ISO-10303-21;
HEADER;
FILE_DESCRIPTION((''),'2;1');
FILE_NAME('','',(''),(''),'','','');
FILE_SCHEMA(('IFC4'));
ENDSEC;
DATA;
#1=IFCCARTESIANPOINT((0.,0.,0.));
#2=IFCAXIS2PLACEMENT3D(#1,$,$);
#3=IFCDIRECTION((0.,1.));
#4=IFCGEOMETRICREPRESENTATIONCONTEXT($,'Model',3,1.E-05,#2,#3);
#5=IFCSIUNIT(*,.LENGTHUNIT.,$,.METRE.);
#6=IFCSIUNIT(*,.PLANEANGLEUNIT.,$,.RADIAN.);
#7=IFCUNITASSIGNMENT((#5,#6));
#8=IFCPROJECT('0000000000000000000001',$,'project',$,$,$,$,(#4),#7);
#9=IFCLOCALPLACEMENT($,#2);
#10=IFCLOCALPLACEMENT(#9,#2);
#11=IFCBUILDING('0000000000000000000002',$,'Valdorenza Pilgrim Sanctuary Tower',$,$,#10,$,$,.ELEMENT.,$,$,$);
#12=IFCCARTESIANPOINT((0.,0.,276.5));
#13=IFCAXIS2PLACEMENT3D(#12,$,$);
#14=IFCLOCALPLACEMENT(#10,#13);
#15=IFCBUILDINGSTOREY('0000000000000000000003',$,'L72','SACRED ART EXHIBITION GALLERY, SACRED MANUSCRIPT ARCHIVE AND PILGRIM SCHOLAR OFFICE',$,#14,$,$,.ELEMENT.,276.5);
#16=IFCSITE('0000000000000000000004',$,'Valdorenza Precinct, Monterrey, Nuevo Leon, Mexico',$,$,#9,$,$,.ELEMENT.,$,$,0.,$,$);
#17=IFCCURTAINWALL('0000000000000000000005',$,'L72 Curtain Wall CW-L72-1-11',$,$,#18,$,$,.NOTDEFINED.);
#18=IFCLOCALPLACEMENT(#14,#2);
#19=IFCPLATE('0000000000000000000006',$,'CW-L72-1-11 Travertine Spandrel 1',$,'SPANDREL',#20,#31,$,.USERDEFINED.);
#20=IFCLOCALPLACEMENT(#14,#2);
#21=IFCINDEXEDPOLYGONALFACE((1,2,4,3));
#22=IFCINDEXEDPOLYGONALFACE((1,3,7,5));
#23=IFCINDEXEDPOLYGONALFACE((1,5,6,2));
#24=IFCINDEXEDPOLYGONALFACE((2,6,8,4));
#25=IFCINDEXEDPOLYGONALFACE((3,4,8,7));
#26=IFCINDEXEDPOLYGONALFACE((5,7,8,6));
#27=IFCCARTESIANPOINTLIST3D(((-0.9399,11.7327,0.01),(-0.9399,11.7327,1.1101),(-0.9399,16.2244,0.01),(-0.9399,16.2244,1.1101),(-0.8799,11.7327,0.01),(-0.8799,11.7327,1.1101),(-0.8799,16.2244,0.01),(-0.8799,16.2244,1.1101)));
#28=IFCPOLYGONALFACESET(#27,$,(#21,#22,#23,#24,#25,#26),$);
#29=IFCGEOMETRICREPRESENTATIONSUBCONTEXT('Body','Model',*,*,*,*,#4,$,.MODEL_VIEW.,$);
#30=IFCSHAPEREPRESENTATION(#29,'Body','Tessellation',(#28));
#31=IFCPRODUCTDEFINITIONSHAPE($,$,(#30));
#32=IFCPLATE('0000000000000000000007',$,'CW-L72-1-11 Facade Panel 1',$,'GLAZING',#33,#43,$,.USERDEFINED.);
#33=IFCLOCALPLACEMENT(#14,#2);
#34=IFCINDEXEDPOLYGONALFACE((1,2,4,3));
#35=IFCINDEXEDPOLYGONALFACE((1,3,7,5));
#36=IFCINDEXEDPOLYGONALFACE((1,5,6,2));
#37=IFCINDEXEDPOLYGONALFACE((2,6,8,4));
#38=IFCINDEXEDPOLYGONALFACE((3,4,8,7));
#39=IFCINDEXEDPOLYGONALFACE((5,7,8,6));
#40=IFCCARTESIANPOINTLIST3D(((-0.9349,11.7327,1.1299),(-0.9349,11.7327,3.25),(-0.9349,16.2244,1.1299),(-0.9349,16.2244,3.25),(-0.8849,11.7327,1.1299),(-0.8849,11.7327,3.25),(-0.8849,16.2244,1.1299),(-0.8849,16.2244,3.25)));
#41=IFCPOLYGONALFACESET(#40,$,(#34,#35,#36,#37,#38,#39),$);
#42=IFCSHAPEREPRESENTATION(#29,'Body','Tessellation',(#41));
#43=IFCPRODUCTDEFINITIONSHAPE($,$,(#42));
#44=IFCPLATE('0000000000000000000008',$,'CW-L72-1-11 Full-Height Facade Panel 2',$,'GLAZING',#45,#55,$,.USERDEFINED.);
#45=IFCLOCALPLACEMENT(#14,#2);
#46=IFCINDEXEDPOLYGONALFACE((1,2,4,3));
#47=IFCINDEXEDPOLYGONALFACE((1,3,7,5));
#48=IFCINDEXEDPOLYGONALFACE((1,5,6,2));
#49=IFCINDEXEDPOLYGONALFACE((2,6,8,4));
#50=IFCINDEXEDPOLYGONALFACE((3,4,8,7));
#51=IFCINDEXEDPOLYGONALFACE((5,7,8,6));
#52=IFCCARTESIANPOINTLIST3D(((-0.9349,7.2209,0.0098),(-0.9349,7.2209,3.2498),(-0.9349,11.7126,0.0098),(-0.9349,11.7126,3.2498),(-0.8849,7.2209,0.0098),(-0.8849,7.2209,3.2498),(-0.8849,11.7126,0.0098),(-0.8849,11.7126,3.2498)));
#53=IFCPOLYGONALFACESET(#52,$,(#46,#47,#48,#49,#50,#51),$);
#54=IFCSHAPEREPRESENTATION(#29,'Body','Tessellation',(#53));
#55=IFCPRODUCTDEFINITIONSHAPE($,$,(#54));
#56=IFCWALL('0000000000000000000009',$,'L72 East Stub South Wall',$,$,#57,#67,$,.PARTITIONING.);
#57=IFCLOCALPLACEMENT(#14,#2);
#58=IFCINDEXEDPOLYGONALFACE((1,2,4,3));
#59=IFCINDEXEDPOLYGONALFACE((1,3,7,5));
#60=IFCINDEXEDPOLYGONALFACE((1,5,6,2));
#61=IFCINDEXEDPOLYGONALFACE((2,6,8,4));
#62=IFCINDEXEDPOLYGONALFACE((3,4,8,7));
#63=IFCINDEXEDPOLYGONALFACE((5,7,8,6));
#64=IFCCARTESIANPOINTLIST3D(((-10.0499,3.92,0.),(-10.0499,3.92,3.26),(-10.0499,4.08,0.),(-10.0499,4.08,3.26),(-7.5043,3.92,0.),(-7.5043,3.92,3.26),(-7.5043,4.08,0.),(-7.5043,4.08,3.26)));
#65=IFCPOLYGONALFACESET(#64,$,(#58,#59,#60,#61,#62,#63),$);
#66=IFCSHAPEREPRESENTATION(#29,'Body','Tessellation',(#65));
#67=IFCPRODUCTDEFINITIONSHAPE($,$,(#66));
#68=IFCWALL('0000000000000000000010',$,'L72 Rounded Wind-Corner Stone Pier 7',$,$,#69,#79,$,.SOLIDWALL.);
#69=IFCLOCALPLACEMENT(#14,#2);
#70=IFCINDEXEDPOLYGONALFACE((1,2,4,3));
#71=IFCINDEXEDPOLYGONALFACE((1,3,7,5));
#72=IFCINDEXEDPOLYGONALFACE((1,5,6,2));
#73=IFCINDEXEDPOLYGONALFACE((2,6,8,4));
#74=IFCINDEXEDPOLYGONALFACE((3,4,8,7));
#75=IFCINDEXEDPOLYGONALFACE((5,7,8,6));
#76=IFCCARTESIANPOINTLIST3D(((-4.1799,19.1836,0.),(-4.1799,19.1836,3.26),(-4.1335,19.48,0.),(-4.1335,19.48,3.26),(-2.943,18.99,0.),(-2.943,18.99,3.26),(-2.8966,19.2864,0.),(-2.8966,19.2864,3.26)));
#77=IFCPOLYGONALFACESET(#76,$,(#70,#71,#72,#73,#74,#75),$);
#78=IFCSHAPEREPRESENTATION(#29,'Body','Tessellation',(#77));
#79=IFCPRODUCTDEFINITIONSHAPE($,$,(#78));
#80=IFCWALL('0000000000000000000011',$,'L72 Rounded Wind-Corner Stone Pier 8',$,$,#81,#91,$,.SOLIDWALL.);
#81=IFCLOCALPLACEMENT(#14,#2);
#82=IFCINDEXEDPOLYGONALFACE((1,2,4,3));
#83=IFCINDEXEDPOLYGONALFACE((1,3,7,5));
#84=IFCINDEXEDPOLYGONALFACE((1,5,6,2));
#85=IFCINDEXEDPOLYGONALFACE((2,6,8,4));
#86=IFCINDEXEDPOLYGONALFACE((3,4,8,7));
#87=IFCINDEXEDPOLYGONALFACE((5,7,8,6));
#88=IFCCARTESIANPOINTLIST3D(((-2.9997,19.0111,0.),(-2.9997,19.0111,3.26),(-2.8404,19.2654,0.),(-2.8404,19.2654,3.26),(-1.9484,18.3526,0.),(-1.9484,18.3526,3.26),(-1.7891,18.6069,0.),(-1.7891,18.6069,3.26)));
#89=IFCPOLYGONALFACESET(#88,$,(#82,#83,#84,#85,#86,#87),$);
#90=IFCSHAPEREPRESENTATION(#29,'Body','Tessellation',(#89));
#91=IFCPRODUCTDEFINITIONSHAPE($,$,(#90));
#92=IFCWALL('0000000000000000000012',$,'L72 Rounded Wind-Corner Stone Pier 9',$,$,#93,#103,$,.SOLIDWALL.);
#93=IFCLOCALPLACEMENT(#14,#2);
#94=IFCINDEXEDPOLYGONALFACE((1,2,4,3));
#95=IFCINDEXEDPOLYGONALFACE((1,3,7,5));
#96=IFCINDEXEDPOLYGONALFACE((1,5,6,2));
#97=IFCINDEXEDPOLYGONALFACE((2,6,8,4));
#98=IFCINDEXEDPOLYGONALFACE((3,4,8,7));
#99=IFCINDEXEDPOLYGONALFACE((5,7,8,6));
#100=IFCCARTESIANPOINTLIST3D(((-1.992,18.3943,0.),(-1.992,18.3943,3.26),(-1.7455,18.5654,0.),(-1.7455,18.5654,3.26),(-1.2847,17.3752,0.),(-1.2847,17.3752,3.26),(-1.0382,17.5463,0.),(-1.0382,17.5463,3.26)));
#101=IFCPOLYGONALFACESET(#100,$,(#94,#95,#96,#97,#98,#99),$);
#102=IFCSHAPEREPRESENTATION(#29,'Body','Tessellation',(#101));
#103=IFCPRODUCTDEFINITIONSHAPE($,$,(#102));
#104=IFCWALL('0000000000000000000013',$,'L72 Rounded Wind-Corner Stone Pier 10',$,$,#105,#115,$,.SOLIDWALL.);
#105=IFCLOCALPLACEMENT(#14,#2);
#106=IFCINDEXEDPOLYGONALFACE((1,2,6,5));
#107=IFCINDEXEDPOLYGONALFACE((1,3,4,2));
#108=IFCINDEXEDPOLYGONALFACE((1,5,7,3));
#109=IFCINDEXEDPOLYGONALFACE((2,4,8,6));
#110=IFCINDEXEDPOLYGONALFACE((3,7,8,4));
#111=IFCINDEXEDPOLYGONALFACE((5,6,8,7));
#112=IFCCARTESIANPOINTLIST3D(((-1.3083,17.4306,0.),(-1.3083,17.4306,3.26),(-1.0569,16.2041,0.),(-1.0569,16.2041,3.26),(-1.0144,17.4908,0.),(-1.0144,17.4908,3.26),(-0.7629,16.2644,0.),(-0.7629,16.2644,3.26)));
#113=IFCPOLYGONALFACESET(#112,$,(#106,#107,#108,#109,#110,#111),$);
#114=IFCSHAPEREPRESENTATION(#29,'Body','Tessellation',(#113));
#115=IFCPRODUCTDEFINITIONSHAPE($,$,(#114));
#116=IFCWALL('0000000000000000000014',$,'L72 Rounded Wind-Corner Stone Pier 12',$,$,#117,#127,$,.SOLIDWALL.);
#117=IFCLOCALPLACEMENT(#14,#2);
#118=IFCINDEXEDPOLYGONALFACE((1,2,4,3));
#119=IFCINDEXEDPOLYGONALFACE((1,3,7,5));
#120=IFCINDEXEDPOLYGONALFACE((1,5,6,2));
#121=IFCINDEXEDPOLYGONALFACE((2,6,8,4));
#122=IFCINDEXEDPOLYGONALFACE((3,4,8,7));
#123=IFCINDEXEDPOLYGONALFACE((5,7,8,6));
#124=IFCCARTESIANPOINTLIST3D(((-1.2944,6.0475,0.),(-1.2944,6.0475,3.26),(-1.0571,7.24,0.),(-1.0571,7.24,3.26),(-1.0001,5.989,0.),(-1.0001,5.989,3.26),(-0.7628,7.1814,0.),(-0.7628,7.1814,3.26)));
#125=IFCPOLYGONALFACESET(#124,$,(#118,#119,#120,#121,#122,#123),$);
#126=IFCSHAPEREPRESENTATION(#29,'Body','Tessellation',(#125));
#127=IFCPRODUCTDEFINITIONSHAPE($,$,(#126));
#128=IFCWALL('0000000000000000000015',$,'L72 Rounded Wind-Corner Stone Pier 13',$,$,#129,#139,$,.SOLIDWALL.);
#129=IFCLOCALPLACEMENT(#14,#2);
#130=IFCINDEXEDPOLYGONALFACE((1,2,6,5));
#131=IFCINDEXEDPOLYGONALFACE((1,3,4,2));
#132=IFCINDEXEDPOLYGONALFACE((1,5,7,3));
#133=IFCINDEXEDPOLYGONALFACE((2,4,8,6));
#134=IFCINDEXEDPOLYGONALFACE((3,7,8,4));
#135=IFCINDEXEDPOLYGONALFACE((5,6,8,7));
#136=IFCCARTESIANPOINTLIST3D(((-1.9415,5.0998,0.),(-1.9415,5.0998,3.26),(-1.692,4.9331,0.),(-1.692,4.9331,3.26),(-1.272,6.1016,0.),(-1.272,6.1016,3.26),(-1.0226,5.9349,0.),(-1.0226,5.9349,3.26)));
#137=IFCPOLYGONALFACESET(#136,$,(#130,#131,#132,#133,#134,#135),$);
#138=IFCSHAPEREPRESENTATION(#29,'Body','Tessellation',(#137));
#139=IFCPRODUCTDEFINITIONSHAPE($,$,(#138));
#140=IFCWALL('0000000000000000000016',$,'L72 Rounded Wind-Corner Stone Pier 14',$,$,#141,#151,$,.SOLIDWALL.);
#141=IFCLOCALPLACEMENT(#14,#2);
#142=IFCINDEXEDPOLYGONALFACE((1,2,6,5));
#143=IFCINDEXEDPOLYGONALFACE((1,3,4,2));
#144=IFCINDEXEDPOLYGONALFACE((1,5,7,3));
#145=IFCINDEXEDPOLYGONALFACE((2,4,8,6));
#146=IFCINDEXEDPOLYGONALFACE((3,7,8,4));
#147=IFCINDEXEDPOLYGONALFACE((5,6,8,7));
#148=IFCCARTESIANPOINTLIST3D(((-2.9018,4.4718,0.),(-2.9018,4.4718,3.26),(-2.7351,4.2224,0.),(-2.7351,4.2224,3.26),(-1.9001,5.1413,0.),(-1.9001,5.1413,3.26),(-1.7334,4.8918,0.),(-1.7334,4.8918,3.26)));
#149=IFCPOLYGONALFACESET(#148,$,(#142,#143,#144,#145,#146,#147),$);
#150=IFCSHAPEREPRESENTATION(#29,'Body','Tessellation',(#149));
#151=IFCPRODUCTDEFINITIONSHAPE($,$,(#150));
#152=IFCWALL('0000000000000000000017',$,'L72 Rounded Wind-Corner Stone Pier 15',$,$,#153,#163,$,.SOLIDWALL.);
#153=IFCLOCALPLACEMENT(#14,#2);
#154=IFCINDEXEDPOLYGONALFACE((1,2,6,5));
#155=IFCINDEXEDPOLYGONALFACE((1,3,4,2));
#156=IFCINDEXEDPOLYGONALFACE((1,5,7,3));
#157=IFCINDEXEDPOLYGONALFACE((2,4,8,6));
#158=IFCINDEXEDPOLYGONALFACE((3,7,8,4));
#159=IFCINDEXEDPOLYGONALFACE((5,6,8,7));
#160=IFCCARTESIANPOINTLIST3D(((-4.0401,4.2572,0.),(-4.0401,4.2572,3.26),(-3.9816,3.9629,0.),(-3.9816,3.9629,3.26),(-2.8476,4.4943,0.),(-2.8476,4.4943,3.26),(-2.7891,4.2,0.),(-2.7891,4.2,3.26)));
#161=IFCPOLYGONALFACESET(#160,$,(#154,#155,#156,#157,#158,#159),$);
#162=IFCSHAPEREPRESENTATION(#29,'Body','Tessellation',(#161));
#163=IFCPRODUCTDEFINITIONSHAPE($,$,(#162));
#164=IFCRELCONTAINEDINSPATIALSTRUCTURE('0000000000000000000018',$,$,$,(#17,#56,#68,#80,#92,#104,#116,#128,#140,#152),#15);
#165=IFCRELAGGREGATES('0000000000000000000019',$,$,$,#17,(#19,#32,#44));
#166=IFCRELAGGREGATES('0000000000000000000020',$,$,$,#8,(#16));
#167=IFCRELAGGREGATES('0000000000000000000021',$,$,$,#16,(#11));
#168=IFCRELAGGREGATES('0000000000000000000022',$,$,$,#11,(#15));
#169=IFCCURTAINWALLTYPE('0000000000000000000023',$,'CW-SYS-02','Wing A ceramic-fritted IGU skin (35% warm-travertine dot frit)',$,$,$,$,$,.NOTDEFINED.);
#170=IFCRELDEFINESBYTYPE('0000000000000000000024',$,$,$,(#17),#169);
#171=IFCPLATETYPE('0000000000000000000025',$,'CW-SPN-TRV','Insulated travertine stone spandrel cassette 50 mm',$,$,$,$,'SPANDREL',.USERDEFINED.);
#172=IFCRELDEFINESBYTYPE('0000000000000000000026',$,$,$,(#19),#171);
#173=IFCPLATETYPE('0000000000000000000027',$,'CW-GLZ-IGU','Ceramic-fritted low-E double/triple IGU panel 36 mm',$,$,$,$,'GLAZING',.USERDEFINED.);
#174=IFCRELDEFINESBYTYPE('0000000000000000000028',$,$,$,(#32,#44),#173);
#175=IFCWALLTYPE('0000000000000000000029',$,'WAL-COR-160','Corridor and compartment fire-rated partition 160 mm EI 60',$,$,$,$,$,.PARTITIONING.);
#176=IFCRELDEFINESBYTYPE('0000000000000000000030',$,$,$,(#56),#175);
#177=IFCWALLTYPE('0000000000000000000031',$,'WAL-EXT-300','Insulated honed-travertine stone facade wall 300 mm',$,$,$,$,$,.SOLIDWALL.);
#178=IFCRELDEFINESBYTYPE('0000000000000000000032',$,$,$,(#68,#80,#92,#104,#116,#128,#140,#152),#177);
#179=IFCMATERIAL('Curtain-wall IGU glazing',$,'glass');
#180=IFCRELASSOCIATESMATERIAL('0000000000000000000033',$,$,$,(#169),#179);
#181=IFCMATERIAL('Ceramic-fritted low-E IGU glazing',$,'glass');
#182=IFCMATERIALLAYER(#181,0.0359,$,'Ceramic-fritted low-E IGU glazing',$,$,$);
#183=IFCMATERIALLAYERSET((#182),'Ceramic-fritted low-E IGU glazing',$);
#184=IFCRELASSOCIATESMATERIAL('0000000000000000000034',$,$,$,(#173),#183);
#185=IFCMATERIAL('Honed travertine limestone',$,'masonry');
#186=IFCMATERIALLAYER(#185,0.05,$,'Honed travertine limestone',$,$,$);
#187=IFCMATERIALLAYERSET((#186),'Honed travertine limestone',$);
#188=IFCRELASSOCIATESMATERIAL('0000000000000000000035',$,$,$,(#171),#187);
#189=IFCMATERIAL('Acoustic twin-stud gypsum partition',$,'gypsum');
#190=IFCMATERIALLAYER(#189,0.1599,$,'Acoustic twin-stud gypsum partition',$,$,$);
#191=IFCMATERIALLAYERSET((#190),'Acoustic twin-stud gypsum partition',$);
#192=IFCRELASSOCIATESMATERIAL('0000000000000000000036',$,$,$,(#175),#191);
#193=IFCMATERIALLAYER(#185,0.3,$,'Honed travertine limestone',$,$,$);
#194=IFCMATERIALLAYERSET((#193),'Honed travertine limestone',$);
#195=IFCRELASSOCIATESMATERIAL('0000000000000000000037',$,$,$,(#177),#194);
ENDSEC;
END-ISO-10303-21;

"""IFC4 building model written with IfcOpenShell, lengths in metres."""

from ifc_helpers import new_model, si_unit, direction, frame, frame_2d, origin, origin_2d, place, context, subcontext, project, spatial, rectangle, extrude, source, transform, mapped, material, layer, layer_set, type_object, element, aggregate, save


model = new_model("IFC4")

# Units and contexts
model_context = context("Model", 3, precision=1e-05, world=origin(), true_north=direction((0.0, 1.0)))
body_context = subcontext(model_context, "Body", "Model", "MODEL_VIEW")
ifc_project = project(units=[si_unit("LENGTHUNIT", "METRE"), si_unit("PLANEANGLEUNIT", "RADIAN")], contexts=[model_context])

# Site, building, storey
site_placement = place(None, origin())
site = spatial("IfcSite", under=ifc_project, at=site_placement, Name="Valdorenza Precinct, Monterrey, Nuevo Leon, Mexico", CompositionType="ELEMENT", RefElevation=0.0)
building_placement = place(site_placement, origin())
building = spatial("IfcBuilding", under=site, at=building_placement, Name="Valdorenza Pilgrim Sanctuary Tower", CompositionType="ELEMENT")
storey_placement = place(building_placement, frame((0.0, 0.0, 276.5)))
storey = spatial("IfcBuildingStorey", under=building, at=storey_placement, Name="L72", Description="SACRED ART EXHIBITION GALLERY, SACRED MANUSCRIPT ARCHIVE AND PILGRIM SCHOLAR OFFICE", CompositionType="ELEMENT", Elevation=276.5)

# Curtain wall
ifc_material_1 = material(Name="Curtain-wall IGU glazing", Category="glass")
curtain_wall_type = type_object("IfcCurtainWallType", Name="CW-SYS-02", Description="Wing A ceramic-fritted IGU skin (35% warm-travertine dot frit)", PredefinedType="NOTDEFINED", material=ifc_material_1)
curtain_wall_1_placement = place(storey_placement, origin())
curtain_wall_1 = element("IfcCurtainWall", 1, at=curtain_wall_1_placement, inside=storey, type_object=curtain_wall_type, Name="L72 Curtain Wall CW-L72-1-11", PredefinedType="NOTDEFINED")

# Plates
ifc_material_2 = material(Name="Ceramic-fritted low-E IGU glazing", Category="glass")
ifc_layer_1 = layer(ifc_material_2, 0.0359, Name="Ceramic-fritted low-E IGU glazing")
ifc_layer_set_1 = layer_set([ifc_layer_1], Name="Ceramic-fritted low-E IGU glazing")
plate_type_1 = type_object("IfcPlateType", Name="CW-GLZ-IGU", Description="Ceramic-fritted low-E double/triple IGU panel 36 mm", ElementType="GLAZING", PredefinedType="USERDEFINED", material=ifc_layer_set_1)
ifc_material_3 = material(Name="Honed travertine limestone", Category="masonry")
ifc_layer_2 = layer(ifc_material_3, 0.05, Name="Honed travertine limestone")
ifc_layer_set_2 = layer_set([ifc_layer_2], Name="Honed travertine limestone")
plate_type_2 = type_object("IfcPlateType", Name="CW-SPN-TRV", Description="Insulated travertine stone spandrel cassette 50 mm", ElementType="SPANDREL", PredefinedType="USERDEFINED", material=ifc_layer_set_2)
shared_shape_1 = source(origin(), body_context, "Body", "SweptSolid", [
    extrude(rectangle(XDim=4.4917, YDim=0.0601, at=origin_2d()), origin(), (0.0, 0.0, 1.0), 1.1001),
])
plate_1_placement = place(storey_placement, frame((-0.9099, 13.9785, 0.01), z_axis=(0.0, 0.0, 1.0), x_axis=(0.0, -1.0, 0.0)))
plate_1 = element("IfcPlate", 2, at=plate_1_placement, type_object=plate_type_2, Name="CW-L72-1-11 Travertine Spandrel 1", ObjectType="SPANDREL", PredefinedType="USERDEFINED", context=body_context, shape_type="MappedRepresentation", body=[
    mapped(shared_shape_1, transform((0.0, 0.0, 0.0), x_axis=(1.0, 0.0, 0.0), y_axis=(0.0, 1.0, 0.0), z_axis=(0.0, 0.0, 1.0), scale=1.0)),
])
shared_shape_2 = source(origin(), body_context, "Body", "SweptSolid", [
    extrude(rectangle(XDim=4.4917, YDim=0.05, at=origin_2d()), origin(), (0.0, 0.0, 1.0), 2.1201),
])
plate_2_placement = place(storey_placement, frame((-0.9099, 13.9785, 1.1299), z_axis=(0.0, 0.0, 1.0), x_axis=(0.0, -1.0, 0.0)))
plate_2 = element("IfcPlate", 3, at=plate_2_placement, type_object=plate_type_1, Name="CW-L72-1-11 Facade Panel 1", ObjectType="GLAZING", PredefinedType="USERDEFINED", context=body_context, shape_type="MappedRepresentation", body=[
    mapped(shared_shape_2, transform((0.0, 0.0, 0.0), x_axis=(1.0, 0.0, 0.0), y_axis=(0.0, 1.0, 0.0), z_axis=(0.0, 0.0, 1.0), scale=1.0)),
])
shared_shape_3 = source(origin(), body_context, "Body", "SweptSolid", [
    extrude(rectangle(XDim=4.4917, YDim=0.05, at=origin_2d()), origin(), (0.0, 0.0, 1.0), 3.24),
])
plate_3_placement = place(storey_placement, frame((-0.9099, 9.4668, 0.0098), z_axis=(0.0, 0.0, 1.0), x_axis=(0.0, -1.0, 0.0)))
plate_3 = element("IfcPlate", 4, at=plate_3_placement, type_object=plate_type_1, Name="CW-L72-1-11 Full-Height Facade Panel 2", ObjectType="GLAZING", PredefinedType="USERDEFINED", context=body_context, shape_type="MappedRepresentation", body=[
    mapped(shared_shape_3, transform((0.0, 0.0, 0.0), x_axis=(1.0, 0.0, 0.0), y_axis=(0.0, 1.0, 0.0), z_axis=(0.0, 0.0, 1.0), scale=1.0)),
])
aggregate(curtain_wall_1, [plate_1, plate_2, plate_3])

# Shared definitions
ifc_material_4 = material(Name="Acoustic twin-stud gypsum partition", Category="gypsum")
ifc_layer_3 = layer(ifc_material_4, 0.1599, Name="Acoustic twin-stud gypsum partition")
ifc_layer_set_3 = layer_set([ifc_layer_3], Name="Acoustic twin-stud gypsum partition")
wall_type_1 = type_object("IfcWallType", Name="WAL-COR-160", Description="Corridor and compartment fire-rated partition 160 mm EI 60", PredefinedType="PARTITIONING", material=ifc_layer_set_3)

# Walls
wall_1_placement = place(storey_placement, frame((-10.05, 4.0, 0.0), z_axis=(0.0, 0.0, 1.0), x_axis=(1.0, 0.0, 0.0)))
element("IfcWall", 5, at=wall_1_placement, inside=storey, type_object=wall_type_1, Name="L72 East Stub South Wall", PredefinedType="PARTITIONING", context=body_context, shape_type="SweptSolid", body=[
    extrude(rectangle(XDim=2.5457, YDim=0.1599, at=frame_2d((1.2729, 0.0))), origin(), (0.0, 0.0, 1.0), 3.26),
])
ifc_layer_4 = layer(ifc_material_3, 0.3, Name="Honed travertine limestone")
ifc_layer_set_4 = layer_set([ifc_layer_4], Name="Honed travertine limestone")
wall_type_2 = type_object("IfcWallType", Name="WAL-EXT-300", Description="Insulated honed-travertine stone facade wall 300 mm", PredefinedType="SOLIDWALL", material=ifc_layer_set_4)
wall_2_placement = place(storey_placement, frame((-4.1567, 19.3318, 0.0), z_axis=(0.0, 0.0, 1.0), x_axis=(0.987969, -0.154651, 0.0)))
element("IfcWall", 6, at=wall_2_placement, inside=storey, type_object=wall_type_2, Name="L72 Rounded Wind-Corner Stone Pier 7", PredefinedType="SOLIDWALL", context=body_context, shape_type="SweptSolid", body=[
    extrude(rectangle(XDim=1.252, YDim=0.3, at=frame_2d((0.626, 0.0))), origin(), (0.0, 0.0, 1.0), 3.26),
])
for number, where, z_axis, x_axis, name in (
    (7, (-2.9199, 19.1382, 0.0), (0.0, 0.0, 1.0), (0.847489, -0.530812, 0.0), "L72 Rounded Wind-Corner Stone Pier 8"),
    (8, (-1.8687, 18.4797, 0.0), (0.0, 0.0, 1.0), (0.570182, -0.821518, 0.0), "L72 Rounded Wind-Corner Stone Pier 9"),
):
    element("IfcWall", number, at=place(storey_placement, frame(where, z_axis=z_axis, x_axis=x_axis)), inside=storey, type_object=wall_type_2, Name=name, PredefinedType="SOLIDWALL", context=body_context, shape_type="SweptSolid", body=[
        extrude(rectangle(XDim=1.2405, YDim=0.3, at=frame_2d((0.6201, 0.0))), origin(), (0.0, 0.0, 1.0), 3.26),
    ])
wall_3_placement = place(storey_placement, frame((-1.1614, 17.4607, 0.0), z_axis=(0.0, 0.0, 1.0), x_axis=(0.200877, -0.979616, 0.0)))
element("IfcWall", 9, at=wall_3_placement, inside=storey, type_object=wall_type_2, Name="L72 Rounded Wind-Corner Stone Pier 10", PredefinedType="SOLIDWALL", context=body_context, shape_type="SweptSolid", body=[
    extrude(rectangle(XDim=1.252, YDim=0.3, at=frame_2d((0.626, 0.0))), origin(), (0.0, 0.0, 1.0), 3.26),
])
wall_4_placement = place(storey_placement, frame((-0.9099, 7.2107, 0.0), z_axis=(0.0, 0.0, 1.0), x_axis=(-0.195189, -0.980766, 0.0)))
element("IfcWall", 10, at=wall_4_placement, inside=storey, type_object=wall_type_2, Name="L72 Rounded Wind-Corner Stone Pier 12", PredefinedType="SOLIDWALL", context=body_context, shape_type="SweptSolid", body=[
    extrude(rectangle(XDim=1.2158, YDim=0.3, at=frame_2d((0.6079, 0.0))), origin(), (0.0, 0.0, 1.0), 3.26),
])
for number, where, z_axis, x_axis, name in (
    (11, (-1.1472, 6.0183, 0.0), (0.0, 0.0, 1.0), (-0.555635, -0.831426, 0.0), "L72 Rounded Wind-Corner Stone Pier 13"),
    (12, (-1.8167, 5.0166, 0.0), (0.0, 0.0, 1.0), (-0.831426, -0.555635, 0.0), "L72 Rounded Wind-Corner Stone Pier 14"),
):
    element("IfcWall", number, at=place(storey_placement, frame(where, z_axis=z_axis, x_axis=x_axis)), inside=storey, type_object=wall_type_2, Name=name, PredefinedType="SOLIDWALL", context=body_context, shape_type="SweptSolid", body=[
        extrude(rectangle(XDim=1.2048, YDim=0.3, at=frame_2d((0.6025, 0.0))), origin(), (0.0, 0.0, 1.0), 3.26),
    ])
wall_5_placement = place(storey_placement, frame((-2.8184, 4.3472, 0.0), z_axis=(0.0, 0.0, 1.0), x_axis=(-0.980804, -0.194996, 0.0)))
element("IfcWall", 13, at=wall_5_placement, inside=storey, type_object=wall_type_2, Name="L72 Rounded Wind-Corner Stone Pier 15", PredefinedType="SOLIDWALL", context=body_context, shape_type="SweptSolid", body=[
    extrude(rectangle(XDim=1.2158, YDim=0.3, at=frame_2d((0.6079, 0.0))), origin(), (0.0, 0.0, 1.0), 3.26),
])

save(model, "model.ifc")
